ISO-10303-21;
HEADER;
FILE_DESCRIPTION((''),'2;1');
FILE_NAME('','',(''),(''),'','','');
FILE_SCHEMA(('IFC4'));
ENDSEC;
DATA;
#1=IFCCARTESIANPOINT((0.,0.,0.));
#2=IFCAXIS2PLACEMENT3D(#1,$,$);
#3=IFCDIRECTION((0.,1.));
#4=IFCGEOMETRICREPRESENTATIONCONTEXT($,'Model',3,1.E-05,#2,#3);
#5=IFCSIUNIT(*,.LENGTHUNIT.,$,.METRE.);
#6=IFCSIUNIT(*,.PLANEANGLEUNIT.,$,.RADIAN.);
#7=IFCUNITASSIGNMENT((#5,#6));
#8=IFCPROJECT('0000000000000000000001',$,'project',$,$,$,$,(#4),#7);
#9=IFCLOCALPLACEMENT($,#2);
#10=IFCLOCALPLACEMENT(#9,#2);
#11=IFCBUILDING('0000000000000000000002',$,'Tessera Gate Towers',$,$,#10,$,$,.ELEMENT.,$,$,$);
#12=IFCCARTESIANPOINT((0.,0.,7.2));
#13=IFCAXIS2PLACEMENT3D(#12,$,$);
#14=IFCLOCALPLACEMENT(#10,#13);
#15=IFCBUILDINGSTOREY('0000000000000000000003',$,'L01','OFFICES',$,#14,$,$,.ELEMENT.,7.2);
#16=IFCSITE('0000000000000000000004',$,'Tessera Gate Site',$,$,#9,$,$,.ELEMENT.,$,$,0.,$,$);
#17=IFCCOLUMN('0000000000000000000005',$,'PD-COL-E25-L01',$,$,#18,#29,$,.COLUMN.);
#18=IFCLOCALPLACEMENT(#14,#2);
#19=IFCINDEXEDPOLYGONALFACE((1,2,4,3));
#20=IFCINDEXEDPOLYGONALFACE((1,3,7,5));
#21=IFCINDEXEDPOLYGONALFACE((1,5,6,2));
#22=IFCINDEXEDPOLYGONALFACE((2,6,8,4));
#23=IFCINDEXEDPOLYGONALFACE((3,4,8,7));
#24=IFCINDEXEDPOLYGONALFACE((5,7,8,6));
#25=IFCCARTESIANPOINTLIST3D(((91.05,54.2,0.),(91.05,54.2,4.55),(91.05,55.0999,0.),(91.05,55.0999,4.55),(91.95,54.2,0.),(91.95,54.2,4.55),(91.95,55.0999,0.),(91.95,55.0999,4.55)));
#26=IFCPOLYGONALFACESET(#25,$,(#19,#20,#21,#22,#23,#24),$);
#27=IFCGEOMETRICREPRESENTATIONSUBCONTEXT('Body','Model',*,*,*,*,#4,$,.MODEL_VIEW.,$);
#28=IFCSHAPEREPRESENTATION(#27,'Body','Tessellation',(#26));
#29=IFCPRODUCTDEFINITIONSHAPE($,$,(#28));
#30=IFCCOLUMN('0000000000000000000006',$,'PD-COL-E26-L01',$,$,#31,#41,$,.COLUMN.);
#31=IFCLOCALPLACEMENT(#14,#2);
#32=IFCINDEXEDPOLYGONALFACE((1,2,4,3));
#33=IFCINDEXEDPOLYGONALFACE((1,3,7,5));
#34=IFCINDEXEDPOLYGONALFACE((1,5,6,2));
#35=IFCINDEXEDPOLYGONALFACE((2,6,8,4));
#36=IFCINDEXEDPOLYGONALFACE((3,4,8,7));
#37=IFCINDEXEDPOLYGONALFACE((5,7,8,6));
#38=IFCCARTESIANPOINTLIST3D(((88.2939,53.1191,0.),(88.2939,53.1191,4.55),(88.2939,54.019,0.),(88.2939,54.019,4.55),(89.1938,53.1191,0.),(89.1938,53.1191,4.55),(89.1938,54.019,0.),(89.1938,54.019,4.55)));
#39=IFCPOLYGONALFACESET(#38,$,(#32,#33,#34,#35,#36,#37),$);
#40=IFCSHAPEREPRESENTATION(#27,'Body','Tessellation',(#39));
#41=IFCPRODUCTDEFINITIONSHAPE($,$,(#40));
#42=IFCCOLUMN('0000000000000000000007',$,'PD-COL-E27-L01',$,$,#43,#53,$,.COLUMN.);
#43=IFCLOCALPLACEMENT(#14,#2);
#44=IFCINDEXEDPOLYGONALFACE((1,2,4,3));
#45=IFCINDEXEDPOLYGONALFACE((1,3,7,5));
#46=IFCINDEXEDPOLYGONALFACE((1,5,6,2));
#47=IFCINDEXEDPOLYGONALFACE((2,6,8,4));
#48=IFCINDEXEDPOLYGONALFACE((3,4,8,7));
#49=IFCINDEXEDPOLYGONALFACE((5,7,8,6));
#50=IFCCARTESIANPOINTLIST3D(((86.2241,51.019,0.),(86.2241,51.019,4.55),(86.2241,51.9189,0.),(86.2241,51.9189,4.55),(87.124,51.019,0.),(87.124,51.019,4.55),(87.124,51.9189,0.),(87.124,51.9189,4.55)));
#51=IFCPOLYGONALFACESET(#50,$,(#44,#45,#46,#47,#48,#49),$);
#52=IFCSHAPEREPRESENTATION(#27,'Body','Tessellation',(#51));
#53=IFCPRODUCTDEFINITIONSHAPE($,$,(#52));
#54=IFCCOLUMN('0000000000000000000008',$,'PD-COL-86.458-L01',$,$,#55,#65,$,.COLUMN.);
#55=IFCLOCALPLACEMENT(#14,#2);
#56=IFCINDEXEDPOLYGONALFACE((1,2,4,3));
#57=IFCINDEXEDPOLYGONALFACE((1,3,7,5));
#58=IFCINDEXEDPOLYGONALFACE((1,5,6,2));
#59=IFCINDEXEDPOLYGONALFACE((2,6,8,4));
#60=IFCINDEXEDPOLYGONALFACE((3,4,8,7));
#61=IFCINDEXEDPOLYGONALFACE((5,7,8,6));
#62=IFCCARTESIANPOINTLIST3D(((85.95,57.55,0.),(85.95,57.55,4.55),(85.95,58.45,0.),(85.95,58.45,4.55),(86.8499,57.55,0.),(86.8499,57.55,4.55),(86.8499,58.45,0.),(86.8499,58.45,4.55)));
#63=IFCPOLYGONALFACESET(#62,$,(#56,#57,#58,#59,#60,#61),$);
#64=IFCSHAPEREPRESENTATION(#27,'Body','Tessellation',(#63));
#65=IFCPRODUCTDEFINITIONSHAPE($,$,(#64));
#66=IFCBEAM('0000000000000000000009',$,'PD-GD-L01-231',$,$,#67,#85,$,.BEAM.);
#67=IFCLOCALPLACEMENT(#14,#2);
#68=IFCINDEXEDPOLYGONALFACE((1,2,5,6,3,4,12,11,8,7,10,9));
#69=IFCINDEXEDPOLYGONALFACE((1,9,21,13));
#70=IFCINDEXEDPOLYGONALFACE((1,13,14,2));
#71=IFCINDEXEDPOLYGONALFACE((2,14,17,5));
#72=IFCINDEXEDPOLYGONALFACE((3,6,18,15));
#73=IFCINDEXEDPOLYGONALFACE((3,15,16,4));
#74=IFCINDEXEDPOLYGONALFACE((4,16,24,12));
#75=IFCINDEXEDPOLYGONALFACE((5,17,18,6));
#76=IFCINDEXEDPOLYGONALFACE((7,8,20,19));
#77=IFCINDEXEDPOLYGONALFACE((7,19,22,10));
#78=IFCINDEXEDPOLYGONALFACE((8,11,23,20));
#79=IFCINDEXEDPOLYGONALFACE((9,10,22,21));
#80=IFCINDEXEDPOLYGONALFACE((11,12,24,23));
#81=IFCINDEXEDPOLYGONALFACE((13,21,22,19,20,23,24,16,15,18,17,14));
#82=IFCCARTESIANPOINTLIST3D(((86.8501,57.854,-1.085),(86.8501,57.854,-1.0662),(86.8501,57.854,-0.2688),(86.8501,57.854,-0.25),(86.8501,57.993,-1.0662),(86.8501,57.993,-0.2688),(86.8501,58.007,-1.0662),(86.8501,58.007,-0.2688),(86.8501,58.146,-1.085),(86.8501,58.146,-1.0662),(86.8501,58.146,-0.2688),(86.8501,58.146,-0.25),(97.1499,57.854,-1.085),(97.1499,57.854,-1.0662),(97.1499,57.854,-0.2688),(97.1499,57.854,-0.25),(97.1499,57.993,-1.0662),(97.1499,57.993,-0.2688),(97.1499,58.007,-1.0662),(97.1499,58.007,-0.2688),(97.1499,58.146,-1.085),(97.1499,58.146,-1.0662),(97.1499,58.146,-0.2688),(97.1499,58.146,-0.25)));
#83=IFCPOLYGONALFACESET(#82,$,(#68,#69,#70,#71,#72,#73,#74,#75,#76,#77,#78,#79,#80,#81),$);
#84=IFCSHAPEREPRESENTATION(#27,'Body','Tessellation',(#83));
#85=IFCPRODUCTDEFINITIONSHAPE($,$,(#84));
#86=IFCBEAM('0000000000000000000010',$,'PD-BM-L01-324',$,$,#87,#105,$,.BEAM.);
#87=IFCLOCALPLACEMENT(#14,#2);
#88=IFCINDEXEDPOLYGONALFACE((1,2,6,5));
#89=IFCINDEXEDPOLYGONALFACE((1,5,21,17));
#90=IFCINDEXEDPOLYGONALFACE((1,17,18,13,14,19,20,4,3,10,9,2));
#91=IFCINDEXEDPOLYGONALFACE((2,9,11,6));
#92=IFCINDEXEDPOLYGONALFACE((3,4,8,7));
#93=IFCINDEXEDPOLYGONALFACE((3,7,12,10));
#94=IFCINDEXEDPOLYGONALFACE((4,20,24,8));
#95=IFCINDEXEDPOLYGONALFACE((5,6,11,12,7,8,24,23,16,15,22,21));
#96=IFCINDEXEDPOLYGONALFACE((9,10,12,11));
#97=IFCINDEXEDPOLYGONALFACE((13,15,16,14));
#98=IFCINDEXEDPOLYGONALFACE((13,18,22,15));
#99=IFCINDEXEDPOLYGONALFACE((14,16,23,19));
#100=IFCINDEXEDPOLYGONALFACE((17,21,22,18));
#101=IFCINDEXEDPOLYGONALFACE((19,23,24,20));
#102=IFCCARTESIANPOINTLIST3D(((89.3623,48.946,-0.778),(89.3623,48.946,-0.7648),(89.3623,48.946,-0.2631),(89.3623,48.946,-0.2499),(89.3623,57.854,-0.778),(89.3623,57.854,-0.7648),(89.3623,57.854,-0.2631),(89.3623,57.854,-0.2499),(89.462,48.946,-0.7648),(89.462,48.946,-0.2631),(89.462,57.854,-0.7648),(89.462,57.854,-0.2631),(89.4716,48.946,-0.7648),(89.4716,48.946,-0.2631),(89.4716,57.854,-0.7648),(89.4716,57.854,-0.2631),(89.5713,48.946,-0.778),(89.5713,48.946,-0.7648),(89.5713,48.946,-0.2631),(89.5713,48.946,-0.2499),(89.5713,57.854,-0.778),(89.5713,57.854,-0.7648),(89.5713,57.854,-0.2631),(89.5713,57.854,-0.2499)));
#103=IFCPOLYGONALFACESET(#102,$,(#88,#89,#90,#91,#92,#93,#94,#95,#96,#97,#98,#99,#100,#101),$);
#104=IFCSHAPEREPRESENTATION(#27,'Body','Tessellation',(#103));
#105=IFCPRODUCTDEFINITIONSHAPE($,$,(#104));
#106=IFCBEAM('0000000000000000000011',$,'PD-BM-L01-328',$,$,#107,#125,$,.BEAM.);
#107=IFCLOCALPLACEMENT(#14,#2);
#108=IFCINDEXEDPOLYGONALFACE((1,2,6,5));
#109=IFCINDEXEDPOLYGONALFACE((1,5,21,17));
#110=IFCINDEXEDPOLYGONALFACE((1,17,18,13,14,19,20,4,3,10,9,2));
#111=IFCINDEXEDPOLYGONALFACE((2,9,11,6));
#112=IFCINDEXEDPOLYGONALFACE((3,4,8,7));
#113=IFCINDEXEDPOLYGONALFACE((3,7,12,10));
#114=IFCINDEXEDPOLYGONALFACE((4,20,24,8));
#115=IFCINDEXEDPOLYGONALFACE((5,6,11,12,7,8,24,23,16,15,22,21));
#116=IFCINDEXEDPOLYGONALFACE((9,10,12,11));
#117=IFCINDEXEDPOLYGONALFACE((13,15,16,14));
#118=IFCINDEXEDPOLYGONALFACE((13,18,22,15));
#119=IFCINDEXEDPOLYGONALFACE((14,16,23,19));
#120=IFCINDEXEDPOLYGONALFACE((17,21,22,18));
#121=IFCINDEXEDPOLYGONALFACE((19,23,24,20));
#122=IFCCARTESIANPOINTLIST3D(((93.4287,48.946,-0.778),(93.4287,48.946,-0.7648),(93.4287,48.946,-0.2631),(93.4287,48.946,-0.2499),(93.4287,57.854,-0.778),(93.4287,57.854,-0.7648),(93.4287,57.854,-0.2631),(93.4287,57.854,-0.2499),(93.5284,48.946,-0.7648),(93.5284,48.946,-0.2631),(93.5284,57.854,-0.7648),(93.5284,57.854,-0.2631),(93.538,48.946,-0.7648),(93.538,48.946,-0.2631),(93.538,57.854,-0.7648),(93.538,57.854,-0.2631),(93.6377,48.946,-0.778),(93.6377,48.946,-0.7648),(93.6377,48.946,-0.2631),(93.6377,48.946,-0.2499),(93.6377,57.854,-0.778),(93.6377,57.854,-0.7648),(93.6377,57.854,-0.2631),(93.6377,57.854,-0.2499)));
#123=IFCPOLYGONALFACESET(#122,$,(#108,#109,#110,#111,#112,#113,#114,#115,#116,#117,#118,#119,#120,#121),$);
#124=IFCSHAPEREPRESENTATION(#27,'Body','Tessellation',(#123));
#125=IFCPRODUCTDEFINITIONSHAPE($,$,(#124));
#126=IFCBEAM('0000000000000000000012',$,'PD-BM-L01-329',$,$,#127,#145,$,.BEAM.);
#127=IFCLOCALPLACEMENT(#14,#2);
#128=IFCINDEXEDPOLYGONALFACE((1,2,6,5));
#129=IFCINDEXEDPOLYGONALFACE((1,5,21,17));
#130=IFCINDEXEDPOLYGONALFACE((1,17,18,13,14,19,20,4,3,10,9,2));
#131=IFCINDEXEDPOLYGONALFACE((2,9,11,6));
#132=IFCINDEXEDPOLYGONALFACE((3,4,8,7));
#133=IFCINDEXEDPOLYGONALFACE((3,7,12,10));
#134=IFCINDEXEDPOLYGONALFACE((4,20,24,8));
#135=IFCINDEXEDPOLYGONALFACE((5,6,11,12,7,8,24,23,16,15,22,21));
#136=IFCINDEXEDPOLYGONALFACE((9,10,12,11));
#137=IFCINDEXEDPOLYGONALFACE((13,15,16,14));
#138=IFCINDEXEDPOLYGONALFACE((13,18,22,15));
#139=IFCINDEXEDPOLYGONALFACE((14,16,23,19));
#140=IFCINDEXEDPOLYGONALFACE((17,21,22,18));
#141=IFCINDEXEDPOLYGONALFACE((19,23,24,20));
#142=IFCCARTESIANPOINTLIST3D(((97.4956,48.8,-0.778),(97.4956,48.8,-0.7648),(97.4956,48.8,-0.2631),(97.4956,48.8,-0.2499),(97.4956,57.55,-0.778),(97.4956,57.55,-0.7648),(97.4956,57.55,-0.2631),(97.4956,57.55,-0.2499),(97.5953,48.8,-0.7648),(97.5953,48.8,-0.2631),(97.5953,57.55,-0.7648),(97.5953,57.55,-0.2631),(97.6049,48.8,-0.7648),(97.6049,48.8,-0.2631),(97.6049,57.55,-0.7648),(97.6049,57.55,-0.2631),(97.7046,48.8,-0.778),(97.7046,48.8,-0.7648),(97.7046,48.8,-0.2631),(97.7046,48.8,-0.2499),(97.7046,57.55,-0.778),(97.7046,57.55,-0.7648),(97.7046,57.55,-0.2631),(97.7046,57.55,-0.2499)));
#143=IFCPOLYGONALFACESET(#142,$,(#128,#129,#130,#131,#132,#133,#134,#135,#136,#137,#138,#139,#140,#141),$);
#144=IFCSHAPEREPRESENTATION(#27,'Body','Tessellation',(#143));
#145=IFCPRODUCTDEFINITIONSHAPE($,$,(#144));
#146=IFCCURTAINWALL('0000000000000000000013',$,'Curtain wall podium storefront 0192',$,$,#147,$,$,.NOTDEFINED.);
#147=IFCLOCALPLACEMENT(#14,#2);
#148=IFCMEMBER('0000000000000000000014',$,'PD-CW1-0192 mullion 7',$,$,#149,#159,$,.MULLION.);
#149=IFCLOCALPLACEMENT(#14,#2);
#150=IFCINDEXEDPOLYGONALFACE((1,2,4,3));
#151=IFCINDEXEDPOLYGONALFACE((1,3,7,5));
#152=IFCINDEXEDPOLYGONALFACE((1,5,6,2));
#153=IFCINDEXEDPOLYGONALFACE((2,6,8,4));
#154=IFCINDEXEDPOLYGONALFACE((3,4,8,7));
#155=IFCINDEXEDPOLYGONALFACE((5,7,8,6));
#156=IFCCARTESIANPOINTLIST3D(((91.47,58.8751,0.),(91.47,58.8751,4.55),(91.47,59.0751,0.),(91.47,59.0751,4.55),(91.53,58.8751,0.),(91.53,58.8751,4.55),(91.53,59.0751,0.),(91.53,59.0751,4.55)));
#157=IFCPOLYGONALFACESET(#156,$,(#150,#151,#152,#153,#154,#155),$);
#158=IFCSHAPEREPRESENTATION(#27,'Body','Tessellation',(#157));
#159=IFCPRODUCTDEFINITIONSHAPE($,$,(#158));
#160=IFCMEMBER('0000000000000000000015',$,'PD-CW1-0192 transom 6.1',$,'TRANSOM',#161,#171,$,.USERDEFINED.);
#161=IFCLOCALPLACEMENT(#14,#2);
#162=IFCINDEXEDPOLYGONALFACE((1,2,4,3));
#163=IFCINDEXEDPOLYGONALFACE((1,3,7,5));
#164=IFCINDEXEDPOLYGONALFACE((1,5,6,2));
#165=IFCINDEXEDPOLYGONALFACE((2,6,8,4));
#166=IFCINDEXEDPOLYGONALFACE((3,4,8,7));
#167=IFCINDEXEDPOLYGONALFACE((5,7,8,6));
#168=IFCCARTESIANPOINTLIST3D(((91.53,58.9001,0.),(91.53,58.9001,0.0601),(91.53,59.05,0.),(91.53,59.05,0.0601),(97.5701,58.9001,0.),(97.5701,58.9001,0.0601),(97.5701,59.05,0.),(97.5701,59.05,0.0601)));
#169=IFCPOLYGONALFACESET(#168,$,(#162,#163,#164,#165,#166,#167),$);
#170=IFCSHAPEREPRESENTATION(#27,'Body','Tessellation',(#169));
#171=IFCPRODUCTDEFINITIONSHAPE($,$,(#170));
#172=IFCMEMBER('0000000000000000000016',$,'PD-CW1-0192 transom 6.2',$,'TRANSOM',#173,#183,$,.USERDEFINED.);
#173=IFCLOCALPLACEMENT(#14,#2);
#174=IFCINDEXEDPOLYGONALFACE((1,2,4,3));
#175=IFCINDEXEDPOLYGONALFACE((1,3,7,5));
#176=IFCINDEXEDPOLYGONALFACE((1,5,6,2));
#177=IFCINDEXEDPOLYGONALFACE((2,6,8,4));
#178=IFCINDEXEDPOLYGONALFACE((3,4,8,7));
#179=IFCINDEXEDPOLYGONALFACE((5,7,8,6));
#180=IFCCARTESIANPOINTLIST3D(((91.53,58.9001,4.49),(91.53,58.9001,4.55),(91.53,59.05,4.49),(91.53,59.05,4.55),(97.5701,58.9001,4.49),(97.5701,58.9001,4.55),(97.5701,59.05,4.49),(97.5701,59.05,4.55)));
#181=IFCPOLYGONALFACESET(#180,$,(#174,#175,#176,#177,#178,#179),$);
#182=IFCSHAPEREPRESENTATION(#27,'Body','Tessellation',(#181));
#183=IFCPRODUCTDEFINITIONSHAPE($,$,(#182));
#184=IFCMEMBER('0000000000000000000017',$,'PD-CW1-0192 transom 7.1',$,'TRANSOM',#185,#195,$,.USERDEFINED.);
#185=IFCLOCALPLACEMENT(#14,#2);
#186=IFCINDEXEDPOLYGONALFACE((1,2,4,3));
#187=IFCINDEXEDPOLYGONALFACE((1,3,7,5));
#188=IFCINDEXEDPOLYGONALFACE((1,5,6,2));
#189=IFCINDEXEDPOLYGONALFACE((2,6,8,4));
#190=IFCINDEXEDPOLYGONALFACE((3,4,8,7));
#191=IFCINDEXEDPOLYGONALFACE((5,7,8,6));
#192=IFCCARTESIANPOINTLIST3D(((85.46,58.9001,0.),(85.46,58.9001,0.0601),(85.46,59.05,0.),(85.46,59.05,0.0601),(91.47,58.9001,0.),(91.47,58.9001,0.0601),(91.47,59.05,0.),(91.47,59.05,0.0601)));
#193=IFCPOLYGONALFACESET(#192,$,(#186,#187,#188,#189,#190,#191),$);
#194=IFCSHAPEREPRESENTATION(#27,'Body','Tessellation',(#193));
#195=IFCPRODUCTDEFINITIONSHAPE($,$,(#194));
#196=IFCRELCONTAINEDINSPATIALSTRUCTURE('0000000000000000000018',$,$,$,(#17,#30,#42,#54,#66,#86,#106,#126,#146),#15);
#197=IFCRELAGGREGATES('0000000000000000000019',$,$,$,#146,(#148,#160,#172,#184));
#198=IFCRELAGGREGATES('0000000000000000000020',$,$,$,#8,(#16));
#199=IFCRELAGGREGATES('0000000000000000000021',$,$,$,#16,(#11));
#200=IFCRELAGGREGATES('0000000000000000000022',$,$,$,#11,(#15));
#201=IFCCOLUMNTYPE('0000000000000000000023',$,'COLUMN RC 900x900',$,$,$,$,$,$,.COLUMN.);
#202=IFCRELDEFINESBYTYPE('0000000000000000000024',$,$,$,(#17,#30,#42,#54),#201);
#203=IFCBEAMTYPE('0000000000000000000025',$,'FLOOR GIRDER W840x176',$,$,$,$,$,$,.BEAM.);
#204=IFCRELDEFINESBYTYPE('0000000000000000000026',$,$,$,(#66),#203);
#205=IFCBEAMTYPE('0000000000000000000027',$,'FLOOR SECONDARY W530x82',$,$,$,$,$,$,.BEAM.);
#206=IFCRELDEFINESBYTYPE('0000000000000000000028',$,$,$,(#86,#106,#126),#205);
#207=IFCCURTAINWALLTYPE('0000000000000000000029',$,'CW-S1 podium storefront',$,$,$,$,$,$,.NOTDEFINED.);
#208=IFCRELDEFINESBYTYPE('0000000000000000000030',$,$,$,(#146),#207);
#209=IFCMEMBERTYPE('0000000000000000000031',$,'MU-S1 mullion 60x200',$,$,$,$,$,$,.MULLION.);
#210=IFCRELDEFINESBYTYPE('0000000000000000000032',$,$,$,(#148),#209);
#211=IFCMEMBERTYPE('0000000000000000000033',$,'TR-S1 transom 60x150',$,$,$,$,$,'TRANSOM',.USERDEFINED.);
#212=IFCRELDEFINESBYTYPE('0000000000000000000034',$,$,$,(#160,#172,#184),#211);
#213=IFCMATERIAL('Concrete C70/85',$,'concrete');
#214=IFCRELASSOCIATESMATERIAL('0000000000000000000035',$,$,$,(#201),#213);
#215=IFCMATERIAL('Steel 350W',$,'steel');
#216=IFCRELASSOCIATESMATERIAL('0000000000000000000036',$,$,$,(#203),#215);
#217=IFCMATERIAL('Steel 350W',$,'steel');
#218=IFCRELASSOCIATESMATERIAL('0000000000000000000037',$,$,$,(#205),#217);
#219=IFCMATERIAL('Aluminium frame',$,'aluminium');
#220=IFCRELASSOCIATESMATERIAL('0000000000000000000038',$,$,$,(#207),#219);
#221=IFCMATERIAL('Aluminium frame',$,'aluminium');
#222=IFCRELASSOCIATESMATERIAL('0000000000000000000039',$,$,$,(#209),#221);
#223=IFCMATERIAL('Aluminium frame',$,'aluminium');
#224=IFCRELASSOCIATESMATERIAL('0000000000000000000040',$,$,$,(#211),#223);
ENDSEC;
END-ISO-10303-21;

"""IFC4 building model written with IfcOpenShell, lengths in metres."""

from ifc_helpers import new_model, si_unit, direction, frame, origin, origin_2d, place, context, subcontext, project, spatial, rectangle, i_section, extrude, material, material_profile, profile_set, type_object, element, aggregate, save


model = new_model("IFC4")

# Units and contexts
model_context = context("Model", 3, precision=1e-05, world=origin(), true_north=direction((0.0, 1.0)))
body_context = subcontext(model_context, "Body", "Model", "MODEL_VIEW")
ifc_project = project(units=[si_unit("LENGTHUNIT", "METRE"), si_unit("PLANEANGLEUNIT", "RADIAN")], contexts=[model_context])

# Site, building, storey
site_placement = place(None, origin())
site = spatial("IfcSite", under=ifc_project, at=site_placement, Name="Tessera Gate Site", CompositionType="ELEMENT", RefElevation=0.0)
building_placement = place(site_placement, origin())
building = spatial("IfcBuilding", under=site, at=building_placement, Name="Tessera Gate Towers", CompositionType="ELEMENT")
storey_placement = place(building_placement, frame((0.0, 0.0, 7.2)))
storey = spatial("IfcBuildingStorey", under=building, at=storey_placement, Name="L01", Description="OFFICES", CompositionType="ELEMENT", Elevation=7.2)

# Columns
ifc_material_1 = material(Name="Concrete C70/85", Category="concrete")
ifc_material_profile_1 = material_profile(ifc_material_1, rectangle(XDim=0.8999, YDim=0.8999, at=origin_2d()), Name="RC 900x900")
ifc_profile_set_1 = profile_set([ifc_material_profile_1], Name="Concrete C70/85")
column_type = type_object("IfcColumnType", Name="COLUMN RC 900x900", PredefinedType="COLUMN", material=ifc_profile_set_1)
for number, where, z_axis, x_axis, name in (
    (1, (91.5, 54.6499, 0.0), (0.0, 0.0, 1.0), (1.0, 0.0, 0.0), "PD-COL-E25-L01"),
    (2, (88.7439, 53.5691, 0.0), (0.0, 0.0, 1.0), (1.0, 0.0, 0.0), "PD-COL-E26-L01"),
    (3, (86.6741, 51.469, 0.0), (0.0, 0.0, 1.0), (1.0, 0.0, 0.0), "PD-COL-E27-L01"),
    (4, (86.3999, 58.0, 0.0), (0.0, 0.0, 1.0), (1.0, 0.0, 0.0), "PD-COL-86.458-L01"),
):
    element("IfcColumn", number, at=place(storey_placement, frame(where, z_axis=z_axis, x_axis=x_axis)), inside=storey, type_object=column_type, Name=name, PredefinedType="COLUMN", context=body_context, shape_type="SweptSolid", body=[
        extrude(rectangle(XDim=0.8999, YDim=0.8999, at=origin_2d()), origin(), (0.0, 0.0, 1.0), 4.55),
    ])

# Beams
ifc_material_2 = material(Name="Steel 350W", Category="steel")
ifc_material_profile_2 = material_profile(ifc_material_2, i_section(OverallWidth=0.292, OverallDepth=0.835, WebThickness=0.0139, FlangeThickness=0.0188, at=origin_2d()), Name="W840x176")
ifc_profile_set_2 = profile_set([ifc_material_profile_2], Name="Steel 350W")
beam_type_1 = type_object("IfcBeamType", Name="FLOOR GIRDER W840x176", PredefinedType="BEAM", material=ifc_profile_set_2)
beam_1_placement = place(storey_placement, frame((86.8501, 58.0, -0.6675), z_axis=(1.0, 0.0, 0.0), x_axis=(0.0, 1.0, 0.0)))
element("IfcBeam", 5, at=beam_1_placement, inside=storey, type_object=beam_type_1, Name="PD-GD-L01-231", PredefinedType="BEAM", context=body_context, shape_type="SweptSolid", body=[
    extrude(i_section(OverallWidth=0.292, OverallDepth=0.835, WebThickness=0.0139, FlangeThickness=0.0188, at=origin_2d()), origin(), (0.0, 0.0, 1.0), 10.2998),
])
ifc_material_3 = material(Name="Steel 350W", Category="steel")
ifc_material_profile_3 = material_profile(ifc_material_3, i_section(OverallWidth=0.209, OverallDepth=0.5281, WebThickness=0.0095, FlangeThickness=0.0132, at=origin_2d()), Name="W530x82")
ifc_profile_set_3 = profile_set([ifc_material_profile_3], Name="Steel 350W")
beam_type_2 = type_object("IfcBeamType", Name="FLOOR SECONDARY W530x82", PredefinedType="BEAM", material=ifc_profile_set_3)
for number, where, z_axis, x_axis, name in (
    (6, (89.4668, 48.946, -0.5139), (0.0, 1.0, 0.0), (-1.0, 0.0, 0.0), "PD-BM-L01-324"),
    (7, (93.5332, 48.946, -0.5139), (0.0, 1.0, 0.0), (-1.0, 0.0, 0.0), "PD-BM-L01-328"),
):
    element("IfcBeam", number, at=place(storey_placement, frame(where, z_axis=z_axis, x_axis=x_axis)), inside=storey, type_object=beam_type_2, Name=name, PredefinedType="BEAM", context=body_context, shape_type="SweptSolid", body=[
        extrude(i_section(OverallWidth=0.209, OverallDepth=0.5281, WebThickness=0.0095, FlangeThickness=0.0132, at=origin_2d()), origin(), (0.0, 0.0, 1.0), 8.908),
    ])
beam_2_placement = place(storey_placement, frame((97.6001, 48.8, -0.5139), z_axis=(0.0, 1.0, 0.0), x_axis=(-1.0, 0.0, 0.0)))
element("IfcBeam", 8, at=beam_2_placement, inside=storey, type_object=beam_type_2, Name="PD-BM-L01-329", PredefinedType="BEAM", context=body_context, shape_type="SweptSolid", body=[
    extrude(i_section(OverallWidth=0.209, OverallDepth=0.5281, WebThickness=0.0095, FlangeThickness=0.0132, at=origin_2d()), origin(), (0.0, 0.0, 1.0), 8.75),
])

# Curtain wall, members
ifc_material_4 = material(Name="Aluminium frame", Category="aluminium")
curtain_wall_type = type_object("IfcCurtainWallType", Name="CW-S1 podium storefront", PredefinedType="NOTDEFINED", material=ifc_material_4)
curtain_wall_placement = place(storey_placement, origin())
curtain_wall = element("IfcCurtainWall", 9, at=curtain_wall_placement, inside=storey, type_object=curtain_wall_type, Name="Curtain wall podium storefront 0192", PredefinedType="NOTDEFINED")
ifc_material_5 = material(Name="Aluminium frame", Category="aluminium")
ifc_material_profile_4 = material_profile(ifc_material_5, rectangle(XDim=0.0601, YDim=0.2, at=origin_2d()), Name="AL 60x200")
ifc_profile_set_4 = profile_set([ifc_material_profile_4], Name="Aluminium frame")
member_type_1 = type_object("IfcMemberType", Name="MU-S1 mullion 60x200", PredefinedType="MULLION", material=ifc_profile_set_4)
member_1_placement = place(storey_placement, frame((91.5, 58.9751, 0.0), z_axis=(0.0, 0.0, 1.0), x_axis=(-1.0, 0.0, 0.0)))
member_1 = element("IfcMember", 10, at=member_1_placement, type_object=member_type_1, Name="PD-CW1-0192 mullion 7", PredefinedType="MULLION", context=body_context, shape_type="SweptSolid", body=[
    extrude(rectangle(XDim=0.0601, YDim=0.2, at=origin_2d()), origin(), (0.0, 0.0, 1.0), 4.55),
])
ifc_material_6 = material(Name="Aluminium frame", Category="aluminium")
ifc_material_profile_5 = material_profile(ifc_material_6, rectangle(XDim=0.1499, YDim=0.0601, at=origin_2d()), Name="AL 60x150")
ifc_profile_set_5 = profile_set([ifc_material_profile_5], Name="Aluminium frame")
member_type_2 = type_object("IfcMemberType", Name="TR-S1 transom 60x150", ElementType="TRANSOM", PredefinedType="USERDEFINED", material=ifc_profile_set_5)
member_2_placement = place(storey_placement, frame((97.5701, 58.9751, 0.03), z_axis=(-1.0, 0.0, 0.0), x_axis=(0.0, -1.0, 0.0)))
member_2 = element("IfcMember", 11, at=member_2_placement, type_object=member_type_2, Name="PD-CW1-0192 transom 6.1", ObjectType="TRANSOM", PredefinedType="USERDEFINED", context=body_context, shape_type="SweptSolid", body=[
    extrude(rectangle(XDim=0.1499, YDim=0.0601, at=origin_2d()), origin(), (0.0, 0.0, 1.0), 6.04),
])
member_3_placement = place(storey_placement, frame((97.5701, 58.9751, 4.52), z_axis=(-1.0, 0.0, 0.0), x_axis=(0.0, -1.0, 0.0)))
member_3 = element("IfcMember", 12, at=member_3_placement, type_object=member_type_2, Name="PD-CW1-0192 transom 6.2", ObjectType="TRANSOM", PredefinedType="USERDEFINED", context=body_context, shape_type="SweptSolid", body=[
    extrude(rectangle(XDim=0.1499, YDim=0.0601, at=origin_2d()), origin(), (0.0, 0.0, 1.0), 6.04),
])
member_4_placement = place(storey_placement, frame((91.47, 58.9751, 0.03), z_axis=(-1.0, 0.0, 0.0), x_axis=(0.0, -1.0, 0.0)))
member_4 = element("IfcMember", 13, at=member_4_placement, type_object=member_type_2, Name="PD-CW1-0192 transom 7.1", ObjectType="TRANSOM", PredefinedType="USERDEFINED", context=body_context, shape_type="SweptSolid", body=[
    extrude(rectangle(XDim=0.1499, YDim=0.0601, at=origin_2d()), origin(), (0.0, 0.0, 1.0), 6.01),
])
aggregate(curtain_wall, [member_1, member_2, member_3, member_4])

save(model, "model.ifc")
